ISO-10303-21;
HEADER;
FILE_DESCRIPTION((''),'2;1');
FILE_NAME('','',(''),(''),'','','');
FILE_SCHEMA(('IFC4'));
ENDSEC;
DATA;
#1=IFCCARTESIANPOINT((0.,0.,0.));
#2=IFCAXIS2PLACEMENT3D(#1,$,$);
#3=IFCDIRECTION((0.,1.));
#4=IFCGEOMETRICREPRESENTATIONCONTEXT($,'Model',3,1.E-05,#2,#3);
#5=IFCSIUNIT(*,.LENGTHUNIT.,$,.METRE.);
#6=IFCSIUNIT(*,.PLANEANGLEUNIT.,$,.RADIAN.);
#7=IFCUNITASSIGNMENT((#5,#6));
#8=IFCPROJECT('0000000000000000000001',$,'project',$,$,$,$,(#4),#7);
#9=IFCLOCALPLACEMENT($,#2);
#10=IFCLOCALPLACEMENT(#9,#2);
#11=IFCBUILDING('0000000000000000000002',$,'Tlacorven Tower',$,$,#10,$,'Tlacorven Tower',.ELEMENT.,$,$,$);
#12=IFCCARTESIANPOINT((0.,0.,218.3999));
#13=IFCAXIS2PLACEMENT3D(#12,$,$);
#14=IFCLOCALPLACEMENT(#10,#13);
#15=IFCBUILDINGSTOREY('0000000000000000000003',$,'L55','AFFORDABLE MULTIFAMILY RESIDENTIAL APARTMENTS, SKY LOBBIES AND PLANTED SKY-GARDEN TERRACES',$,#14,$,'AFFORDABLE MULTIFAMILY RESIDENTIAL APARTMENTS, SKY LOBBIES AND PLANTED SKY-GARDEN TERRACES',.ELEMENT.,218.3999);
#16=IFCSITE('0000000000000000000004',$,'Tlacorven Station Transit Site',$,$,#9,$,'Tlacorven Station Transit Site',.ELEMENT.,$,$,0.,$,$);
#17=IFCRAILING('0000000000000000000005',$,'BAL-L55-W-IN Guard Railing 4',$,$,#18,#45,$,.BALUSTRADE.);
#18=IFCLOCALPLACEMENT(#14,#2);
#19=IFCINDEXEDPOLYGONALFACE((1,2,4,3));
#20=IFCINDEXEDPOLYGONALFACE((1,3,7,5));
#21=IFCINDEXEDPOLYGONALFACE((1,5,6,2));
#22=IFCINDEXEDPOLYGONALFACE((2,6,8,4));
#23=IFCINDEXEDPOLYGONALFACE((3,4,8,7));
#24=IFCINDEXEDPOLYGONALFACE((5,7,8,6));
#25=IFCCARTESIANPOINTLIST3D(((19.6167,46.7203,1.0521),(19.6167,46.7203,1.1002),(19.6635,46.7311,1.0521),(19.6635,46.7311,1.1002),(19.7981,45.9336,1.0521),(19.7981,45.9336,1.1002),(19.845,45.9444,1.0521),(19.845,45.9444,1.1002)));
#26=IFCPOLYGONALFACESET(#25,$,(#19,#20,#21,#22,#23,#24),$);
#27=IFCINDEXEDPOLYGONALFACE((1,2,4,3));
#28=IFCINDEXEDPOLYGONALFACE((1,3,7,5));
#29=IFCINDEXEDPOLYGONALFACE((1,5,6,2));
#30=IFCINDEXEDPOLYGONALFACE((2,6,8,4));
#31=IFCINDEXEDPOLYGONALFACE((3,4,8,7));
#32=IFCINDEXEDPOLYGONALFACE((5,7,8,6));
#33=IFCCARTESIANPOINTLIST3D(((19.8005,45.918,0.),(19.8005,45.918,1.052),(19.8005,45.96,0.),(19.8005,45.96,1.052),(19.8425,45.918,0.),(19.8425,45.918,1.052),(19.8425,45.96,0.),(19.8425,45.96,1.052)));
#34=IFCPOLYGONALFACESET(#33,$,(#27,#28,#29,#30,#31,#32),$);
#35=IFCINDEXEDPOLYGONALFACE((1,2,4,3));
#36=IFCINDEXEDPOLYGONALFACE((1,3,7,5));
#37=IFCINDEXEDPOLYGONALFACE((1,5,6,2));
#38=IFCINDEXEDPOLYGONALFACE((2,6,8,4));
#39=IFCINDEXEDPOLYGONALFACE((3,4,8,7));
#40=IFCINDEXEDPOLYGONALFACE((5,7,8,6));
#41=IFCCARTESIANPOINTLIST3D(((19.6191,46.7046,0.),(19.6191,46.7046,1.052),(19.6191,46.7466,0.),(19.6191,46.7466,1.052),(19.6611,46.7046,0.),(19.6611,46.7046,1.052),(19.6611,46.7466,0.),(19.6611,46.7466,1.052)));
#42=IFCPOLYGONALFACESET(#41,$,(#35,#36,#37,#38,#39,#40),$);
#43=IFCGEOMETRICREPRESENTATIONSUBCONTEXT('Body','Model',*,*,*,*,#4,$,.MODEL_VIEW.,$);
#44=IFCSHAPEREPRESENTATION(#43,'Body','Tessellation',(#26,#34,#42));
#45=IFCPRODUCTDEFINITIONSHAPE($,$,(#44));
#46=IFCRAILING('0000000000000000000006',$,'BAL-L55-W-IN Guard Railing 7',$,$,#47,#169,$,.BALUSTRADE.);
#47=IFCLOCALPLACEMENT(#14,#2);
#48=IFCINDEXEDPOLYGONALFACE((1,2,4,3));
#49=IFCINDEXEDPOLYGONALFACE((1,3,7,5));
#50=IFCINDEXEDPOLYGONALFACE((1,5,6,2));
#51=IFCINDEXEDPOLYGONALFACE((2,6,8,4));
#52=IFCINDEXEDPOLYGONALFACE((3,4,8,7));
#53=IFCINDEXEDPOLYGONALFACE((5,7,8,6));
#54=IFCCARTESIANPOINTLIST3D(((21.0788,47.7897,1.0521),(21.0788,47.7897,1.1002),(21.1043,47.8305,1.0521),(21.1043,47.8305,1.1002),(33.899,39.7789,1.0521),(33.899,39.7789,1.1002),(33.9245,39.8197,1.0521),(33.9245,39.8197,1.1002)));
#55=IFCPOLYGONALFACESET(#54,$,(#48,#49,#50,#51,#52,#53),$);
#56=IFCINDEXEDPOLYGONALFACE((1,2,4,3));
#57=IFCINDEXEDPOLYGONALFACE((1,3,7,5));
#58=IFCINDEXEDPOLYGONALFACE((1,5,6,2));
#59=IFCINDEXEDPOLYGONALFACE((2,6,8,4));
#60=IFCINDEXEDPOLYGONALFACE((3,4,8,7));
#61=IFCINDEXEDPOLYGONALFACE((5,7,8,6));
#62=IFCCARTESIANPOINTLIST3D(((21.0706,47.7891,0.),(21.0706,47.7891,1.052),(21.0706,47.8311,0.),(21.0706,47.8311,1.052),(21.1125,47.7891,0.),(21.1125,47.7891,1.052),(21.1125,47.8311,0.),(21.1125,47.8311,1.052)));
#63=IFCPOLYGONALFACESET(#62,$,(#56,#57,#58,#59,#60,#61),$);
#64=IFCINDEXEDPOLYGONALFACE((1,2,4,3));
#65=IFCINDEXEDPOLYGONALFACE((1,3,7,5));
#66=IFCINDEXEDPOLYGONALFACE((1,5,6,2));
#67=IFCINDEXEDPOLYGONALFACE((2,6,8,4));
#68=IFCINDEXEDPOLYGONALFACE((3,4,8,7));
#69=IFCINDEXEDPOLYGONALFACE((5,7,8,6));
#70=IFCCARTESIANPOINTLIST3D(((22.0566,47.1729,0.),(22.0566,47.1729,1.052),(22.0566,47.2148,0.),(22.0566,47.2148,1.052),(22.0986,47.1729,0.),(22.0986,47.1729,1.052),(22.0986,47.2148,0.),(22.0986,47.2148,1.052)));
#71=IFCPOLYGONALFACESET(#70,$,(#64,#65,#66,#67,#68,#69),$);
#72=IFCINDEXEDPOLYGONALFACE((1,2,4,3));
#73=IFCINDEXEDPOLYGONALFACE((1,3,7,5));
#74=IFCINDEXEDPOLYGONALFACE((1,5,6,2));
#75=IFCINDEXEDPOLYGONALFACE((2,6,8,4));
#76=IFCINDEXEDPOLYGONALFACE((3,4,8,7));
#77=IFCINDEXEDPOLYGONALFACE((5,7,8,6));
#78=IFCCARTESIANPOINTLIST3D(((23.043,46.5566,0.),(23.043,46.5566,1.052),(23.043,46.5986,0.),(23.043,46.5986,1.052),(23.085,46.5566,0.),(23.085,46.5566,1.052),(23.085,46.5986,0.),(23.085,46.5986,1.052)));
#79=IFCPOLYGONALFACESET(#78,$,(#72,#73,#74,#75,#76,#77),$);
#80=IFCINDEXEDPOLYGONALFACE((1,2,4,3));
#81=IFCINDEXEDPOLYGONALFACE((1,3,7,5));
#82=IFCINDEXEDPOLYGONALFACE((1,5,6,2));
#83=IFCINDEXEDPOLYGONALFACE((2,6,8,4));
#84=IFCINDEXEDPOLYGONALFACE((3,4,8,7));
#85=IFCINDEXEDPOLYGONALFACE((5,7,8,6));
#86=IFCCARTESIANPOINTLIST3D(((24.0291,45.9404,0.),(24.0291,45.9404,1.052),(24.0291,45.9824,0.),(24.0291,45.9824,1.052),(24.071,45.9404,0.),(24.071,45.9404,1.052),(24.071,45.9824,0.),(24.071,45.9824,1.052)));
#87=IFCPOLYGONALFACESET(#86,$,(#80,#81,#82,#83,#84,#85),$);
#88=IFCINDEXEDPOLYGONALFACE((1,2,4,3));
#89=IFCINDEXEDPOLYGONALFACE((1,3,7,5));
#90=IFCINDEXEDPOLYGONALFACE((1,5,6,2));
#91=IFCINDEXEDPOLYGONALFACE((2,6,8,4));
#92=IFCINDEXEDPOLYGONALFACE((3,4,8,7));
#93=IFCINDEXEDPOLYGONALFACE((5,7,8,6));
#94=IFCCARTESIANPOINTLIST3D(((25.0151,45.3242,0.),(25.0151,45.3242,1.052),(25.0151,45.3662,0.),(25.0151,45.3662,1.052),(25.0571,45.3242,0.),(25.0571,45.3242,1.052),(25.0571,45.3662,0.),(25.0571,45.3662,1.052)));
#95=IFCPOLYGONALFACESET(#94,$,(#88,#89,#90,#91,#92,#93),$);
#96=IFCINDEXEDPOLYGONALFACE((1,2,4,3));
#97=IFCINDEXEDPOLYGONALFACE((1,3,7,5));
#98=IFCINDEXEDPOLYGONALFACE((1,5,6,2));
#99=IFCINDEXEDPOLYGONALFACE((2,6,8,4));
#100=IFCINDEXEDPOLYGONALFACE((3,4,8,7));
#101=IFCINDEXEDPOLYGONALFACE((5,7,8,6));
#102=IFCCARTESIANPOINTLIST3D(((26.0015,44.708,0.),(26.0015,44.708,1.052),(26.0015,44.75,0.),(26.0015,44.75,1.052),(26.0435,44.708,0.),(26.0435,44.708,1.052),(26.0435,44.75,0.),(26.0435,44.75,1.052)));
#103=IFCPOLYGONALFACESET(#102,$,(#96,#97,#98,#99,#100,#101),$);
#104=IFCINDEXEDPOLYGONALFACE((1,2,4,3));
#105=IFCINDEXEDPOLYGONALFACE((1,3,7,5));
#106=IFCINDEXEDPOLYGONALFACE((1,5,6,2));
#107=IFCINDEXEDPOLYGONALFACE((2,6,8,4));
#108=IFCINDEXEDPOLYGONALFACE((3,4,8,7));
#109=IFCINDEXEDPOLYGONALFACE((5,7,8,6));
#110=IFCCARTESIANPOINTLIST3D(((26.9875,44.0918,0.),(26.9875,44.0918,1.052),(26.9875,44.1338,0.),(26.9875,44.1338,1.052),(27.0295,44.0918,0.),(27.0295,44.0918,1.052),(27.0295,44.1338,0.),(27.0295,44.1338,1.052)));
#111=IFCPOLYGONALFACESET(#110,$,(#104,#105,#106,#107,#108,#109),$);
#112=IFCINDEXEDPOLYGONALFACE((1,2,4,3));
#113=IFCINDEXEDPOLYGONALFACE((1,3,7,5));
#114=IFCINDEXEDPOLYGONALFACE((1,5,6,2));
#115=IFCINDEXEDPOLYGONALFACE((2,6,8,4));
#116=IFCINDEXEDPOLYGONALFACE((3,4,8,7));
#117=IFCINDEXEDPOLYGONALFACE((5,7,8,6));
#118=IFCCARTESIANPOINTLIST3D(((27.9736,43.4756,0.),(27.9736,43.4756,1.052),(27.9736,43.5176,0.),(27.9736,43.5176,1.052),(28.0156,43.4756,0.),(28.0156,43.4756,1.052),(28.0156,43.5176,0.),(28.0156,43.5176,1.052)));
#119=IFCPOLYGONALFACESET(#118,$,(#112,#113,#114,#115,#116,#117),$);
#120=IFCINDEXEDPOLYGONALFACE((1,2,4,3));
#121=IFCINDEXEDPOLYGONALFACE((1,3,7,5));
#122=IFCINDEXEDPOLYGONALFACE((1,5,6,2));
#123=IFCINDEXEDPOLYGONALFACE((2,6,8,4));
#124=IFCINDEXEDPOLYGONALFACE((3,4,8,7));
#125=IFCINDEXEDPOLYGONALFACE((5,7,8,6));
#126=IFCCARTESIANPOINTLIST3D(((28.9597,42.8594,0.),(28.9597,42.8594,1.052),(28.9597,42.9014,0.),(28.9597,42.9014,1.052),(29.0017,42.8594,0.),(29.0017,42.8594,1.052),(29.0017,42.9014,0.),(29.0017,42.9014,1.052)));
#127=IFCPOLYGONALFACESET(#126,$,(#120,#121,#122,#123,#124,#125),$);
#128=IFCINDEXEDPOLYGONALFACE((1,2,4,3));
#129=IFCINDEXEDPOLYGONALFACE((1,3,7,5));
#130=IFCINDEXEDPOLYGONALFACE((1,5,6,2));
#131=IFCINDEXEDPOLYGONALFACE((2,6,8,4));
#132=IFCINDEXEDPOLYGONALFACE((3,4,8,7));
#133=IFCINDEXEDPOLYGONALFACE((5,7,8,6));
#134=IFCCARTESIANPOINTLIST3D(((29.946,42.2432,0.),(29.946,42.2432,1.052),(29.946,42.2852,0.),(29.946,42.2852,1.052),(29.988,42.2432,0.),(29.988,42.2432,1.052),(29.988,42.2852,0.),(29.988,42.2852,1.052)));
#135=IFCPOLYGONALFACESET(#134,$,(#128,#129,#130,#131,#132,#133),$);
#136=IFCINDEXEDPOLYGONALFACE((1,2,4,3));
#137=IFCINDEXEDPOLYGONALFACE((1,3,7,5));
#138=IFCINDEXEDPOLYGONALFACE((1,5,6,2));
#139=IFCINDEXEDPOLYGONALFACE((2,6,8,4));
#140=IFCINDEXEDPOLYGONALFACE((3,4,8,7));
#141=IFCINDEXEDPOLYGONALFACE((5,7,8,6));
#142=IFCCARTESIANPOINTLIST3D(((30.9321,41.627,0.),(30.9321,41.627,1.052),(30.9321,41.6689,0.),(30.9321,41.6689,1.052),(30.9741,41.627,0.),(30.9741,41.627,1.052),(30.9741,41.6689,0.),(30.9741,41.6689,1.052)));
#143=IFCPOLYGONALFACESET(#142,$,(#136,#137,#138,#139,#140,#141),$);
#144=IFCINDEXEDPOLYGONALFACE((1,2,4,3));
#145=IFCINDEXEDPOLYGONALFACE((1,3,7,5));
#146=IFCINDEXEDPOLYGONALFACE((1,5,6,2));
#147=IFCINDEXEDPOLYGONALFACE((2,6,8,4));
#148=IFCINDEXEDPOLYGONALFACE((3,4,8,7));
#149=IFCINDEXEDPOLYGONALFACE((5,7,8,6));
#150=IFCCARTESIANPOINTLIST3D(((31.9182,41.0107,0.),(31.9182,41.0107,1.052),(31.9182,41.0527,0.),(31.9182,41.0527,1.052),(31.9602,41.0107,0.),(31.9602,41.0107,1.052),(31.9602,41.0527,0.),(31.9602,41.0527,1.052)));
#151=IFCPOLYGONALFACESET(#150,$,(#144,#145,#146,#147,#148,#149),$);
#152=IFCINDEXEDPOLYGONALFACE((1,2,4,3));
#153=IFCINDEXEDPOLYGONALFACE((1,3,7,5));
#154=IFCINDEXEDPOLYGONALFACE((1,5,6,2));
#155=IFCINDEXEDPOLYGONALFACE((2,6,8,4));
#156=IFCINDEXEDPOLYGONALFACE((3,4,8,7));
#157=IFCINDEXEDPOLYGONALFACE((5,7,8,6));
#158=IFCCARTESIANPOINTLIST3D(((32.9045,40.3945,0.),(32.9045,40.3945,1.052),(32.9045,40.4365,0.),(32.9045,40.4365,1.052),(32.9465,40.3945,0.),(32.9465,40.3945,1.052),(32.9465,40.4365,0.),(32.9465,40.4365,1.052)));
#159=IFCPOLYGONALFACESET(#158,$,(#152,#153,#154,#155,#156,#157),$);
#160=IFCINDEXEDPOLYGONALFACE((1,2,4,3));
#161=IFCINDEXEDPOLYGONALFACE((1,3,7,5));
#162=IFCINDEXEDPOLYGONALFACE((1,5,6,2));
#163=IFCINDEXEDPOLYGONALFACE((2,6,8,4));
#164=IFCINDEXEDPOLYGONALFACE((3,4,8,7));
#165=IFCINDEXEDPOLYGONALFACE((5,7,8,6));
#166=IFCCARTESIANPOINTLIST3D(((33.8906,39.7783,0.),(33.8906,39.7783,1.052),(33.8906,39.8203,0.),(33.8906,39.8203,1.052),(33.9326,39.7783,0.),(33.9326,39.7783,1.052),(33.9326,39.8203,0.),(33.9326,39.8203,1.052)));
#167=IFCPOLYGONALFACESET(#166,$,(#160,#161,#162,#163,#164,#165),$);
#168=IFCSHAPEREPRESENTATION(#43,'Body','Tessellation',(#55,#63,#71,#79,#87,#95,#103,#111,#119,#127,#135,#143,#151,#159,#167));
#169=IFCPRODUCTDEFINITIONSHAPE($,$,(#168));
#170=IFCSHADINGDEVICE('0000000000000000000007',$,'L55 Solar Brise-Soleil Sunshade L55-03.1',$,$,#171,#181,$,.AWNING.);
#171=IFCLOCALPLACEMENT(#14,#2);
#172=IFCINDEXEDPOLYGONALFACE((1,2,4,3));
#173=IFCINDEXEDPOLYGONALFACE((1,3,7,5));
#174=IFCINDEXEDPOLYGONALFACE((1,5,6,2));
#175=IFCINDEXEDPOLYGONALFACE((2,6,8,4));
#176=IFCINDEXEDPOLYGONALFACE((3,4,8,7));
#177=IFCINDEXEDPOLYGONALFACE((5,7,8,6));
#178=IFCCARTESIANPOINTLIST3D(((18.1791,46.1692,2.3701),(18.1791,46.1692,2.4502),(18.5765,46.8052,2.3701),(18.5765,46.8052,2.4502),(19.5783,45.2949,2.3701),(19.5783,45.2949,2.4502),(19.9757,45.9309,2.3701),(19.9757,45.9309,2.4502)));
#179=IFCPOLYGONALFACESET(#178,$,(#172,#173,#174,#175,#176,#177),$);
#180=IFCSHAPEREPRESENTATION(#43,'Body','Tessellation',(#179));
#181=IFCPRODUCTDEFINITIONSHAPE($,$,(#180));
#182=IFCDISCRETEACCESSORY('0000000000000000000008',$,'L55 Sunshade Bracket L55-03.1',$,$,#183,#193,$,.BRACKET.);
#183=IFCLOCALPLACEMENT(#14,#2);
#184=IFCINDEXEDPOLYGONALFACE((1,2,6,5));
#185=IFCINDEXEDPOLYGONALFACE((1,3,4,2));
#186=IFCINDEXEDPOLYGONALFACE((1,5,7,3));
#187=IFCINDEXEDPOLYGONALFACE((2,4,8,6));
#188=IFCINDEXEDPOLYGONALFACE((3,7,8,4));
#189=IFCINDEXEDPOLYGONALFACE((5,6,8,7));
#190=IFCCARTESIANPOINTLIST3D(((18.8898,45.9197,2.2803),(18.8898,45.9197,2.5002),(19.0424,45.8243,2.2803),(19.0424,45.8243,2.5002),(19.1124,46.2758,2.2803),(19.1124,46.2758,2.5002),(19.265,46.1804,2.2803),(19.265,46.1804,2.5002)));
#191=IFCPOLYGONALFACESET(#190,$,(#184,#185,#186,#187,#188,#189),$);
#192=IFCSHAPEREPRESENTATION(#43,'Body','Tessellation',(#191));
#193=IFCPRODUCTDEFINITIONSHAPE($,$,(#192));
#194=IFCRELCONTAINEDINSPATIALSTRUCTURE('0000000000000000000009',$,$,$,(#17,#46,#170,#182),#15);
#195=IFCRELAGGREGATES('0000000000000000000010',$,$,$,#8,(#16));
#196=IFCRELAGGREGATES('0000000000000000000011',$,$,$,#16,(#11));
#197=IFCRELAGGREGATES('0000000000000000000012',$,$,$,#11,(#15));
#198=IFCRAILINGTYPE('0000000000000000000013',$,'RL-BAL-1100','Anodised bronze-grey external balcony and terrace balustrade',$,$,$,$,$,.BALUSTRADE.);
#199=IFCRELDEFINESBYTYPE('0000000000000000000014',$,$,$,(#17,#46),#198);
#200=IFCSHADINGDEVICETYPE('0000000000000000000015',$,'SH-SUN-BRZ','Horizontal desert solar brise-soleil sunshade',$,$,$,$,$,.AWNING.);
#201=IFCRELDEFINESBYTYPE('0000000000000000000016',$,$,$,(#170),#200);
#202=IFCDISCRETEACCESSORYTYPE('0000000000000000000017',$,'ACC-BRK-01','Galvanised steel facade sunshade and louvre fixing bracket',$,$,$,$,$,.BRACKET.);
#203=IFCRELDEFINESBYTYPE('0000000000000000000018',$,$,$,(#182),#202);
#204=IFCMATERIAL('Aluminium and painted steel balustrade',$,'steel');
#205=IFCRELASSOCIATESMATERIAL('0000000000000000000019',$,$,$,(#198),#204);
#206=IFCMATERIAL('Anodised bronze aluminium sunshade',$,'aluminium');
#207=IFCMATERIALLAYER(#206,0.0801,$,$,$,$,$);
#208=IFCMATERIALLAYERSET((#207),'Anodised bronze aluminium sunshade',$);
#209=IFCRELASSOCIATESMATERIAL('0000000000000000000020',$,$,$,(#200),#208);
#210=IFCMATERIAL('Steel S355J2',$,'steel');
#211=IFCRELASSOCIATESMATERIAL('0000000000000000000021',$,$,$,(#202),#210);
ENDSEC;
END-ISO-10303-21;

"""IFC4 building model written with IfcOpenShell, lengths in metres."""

from ifc_helpers import new_model, si_unit, direction, frame, origin, origin_2d, place, context, subcontext, project, spatial, rectangle, extrude, source, transform, mapped, material, layer, layer_set, type_object, element, save


model = new_model("IFC4")

# Units and contexts
model_context = context("Model", 3, precision=1e-05, world=origin(), true_north=direction((0.0, 1.0)))
body_context = subcontext(model_context, "Body", "Model", "MODEL_VIEW")
ifc_project = project(units=[si_unit("LENGTHUNIT", "METRE"), si_unit("PLANEANGLEUNIT", "RADIAN")], contexts=[model_context])

# Site, building, storey
site_placement = place(None, origin())
site = spatial("IfcSite", under=ifc_project, at=site_placement, Name="Tlacorven Station Transit Site", LongName="Tlacorven Station Transit Site", CompositionType="ELEMENT", RefElevation=0.0)
building_placement = place(site_placement, origin())
building = spatial("IfcBuilding", under=site, at=building_placement, Name="Tlacorven Tower", LongName="Tlacorven Tower", CompositionType="ELEMENT")
storey_placement = place(building_placement, frame((0.0, 0.0, 218.3999)))
storey = spatial("IfcBuildingStorey", under=building, at=storey_placement, Name="L55", Description="AFFORDABLE MULTIFAMILY RESIDENTIAL APARTMENTS, SKY LOBBIES AND PLANTED SKY-GARDEN TERRACES", LongName="AFFORDABLE MULTIFAMILY RESIDENTIAL APARTMENTS, SKY LOBBIES AND PLANTED SKY-GARDEN TERRACES", CompositionType="ELEMENT", Elevation=218.3999)

# Shared definitions
ifc_material_1 = material(Name="Steel S355J2", Category="steel")

# Railings
ifc_material_2 = material(Name="Aluminium and painted steel balustrade", Category="steel")
railing_type = type_object("IfcRailingType", Name="RL-BAL-1100", Description="Anodised bronze-grey external balcony and terrace balustrade", PredefinedType="BALUSTRADE", material=ifc_material_2)
shared_shape_1 = source(origin(), body_context, "Body", "SweptSolid", [
    extrude(rectangle(XDim=0.0481, YDim=0.0481, at=origin_2d()), frame((0.0, 0.0, 1.0762), z_axis=(-0.224705, 0.974427, 0.0), x_axis=(-0.974427, -0.224705, 0.0)), (0.0, 0.0, 1.0), 0.8074),
    extrude(rectangle(XDim=0.042, YDim=0.042, at=origin_2d()), origin(), (0.0, 0.0, 1.0), 1.052),
    extrude(rectangle(XDim=0.042, YDim=0.042, at=origin_2d()), frame((-0.1814, 0.7866, 0.0)), (0.0, 0.0, 1.0), 1.052),
])
railing_1_placement = place(storey_placement, frame((19.8215, 45.939, 0.0)))
element("IfcRailing", 1, at=railing_1_placement, inside=storey, type_object=railing_type, Name="BAL-L55-W-IN Guard Railing 4", PredefinedType="BALUSTRADE", context=body_context, shape_type="MappedRepresentation", body=[
    mapped(shared_shape_1, transform((0.0, 0.0, 0.0), scale=1.0)),
])
shared_shape_2 = source(origin(), body_context, "Body", "SweptSolid", [
    extrude(rectangle(XDim=0.0481, YDim=0.0481, at=origin_2d()), frame((0.0, 0.0, 1.0762), z_axis=(0.848052, -0.529913, 0.0), x_axis=(0.529913, 0.848052, 0.0)), (0.0, 0.0, 1.0), 15.1172),
    extrude(rectangle(XDim=0.042, YDim=0.042, at=origin_2d()), origin(), (0.0, 0.0, 1.0), 1.052),
    extrude(rectangle(XDim=0.042, YDim=0.042, at=origin_2d()), frame((0.9861, -0.6162, 0.0)), (0.0, 0.0, 1.0), 1.052),
    extrude(rectangle(XDim=0.042, YDim=0.042, at=origin_2d()), frame((1.9724, -1.2324, 0.0)), (0.0, 0.0, 1.0), 1.052),
    extrude(rectangle(XDim=0.042, YDim=0.042, at=origin_2d()), frame((2.9585, -1.8486, 0.0)), (0.0, 0.0, 1.0), 1.052),
    extrude(rectangle(XDim=0.042, YDim=0.042, at=origin_2d()), frame((3.9446, -2.4648, 0.0)), (0.0, 0.0, 1.0), 1.052),
    extrude(rectangle(XDim=0.042, YDim=0.042, at=origin_2d()), frame((4.9309, -3.0811, 0.0)), (0.0, 0.0, 1.0), 1.052),
    extrude(rectangle(XDim=0.042, YDim=0.042, at=origin_2d()), frame((5.917, -3.6973, 0.0)), (0.0, 0.0, 1.0), 1.052),
    extrude(rectangle(XDim=0.042, YDim=0.042, at=origin_2d()), frame((6.9031, -4.3135, 0.0)), (0.0, 0.0, 1.0), 1.052),
    extrude(rectangle(XDim=0.042, YDim=0.042, at=origin_2d()), frame((7.8892, -4.9297, 0.0)), (0.0, 0.0, 1.0), 1.052),
    extrude(rectangle(XDim=0.042, YDim=0.042, at=origin_2d()), frame((8.8755, -5.5459, 0.0)), (0.0, 0.0, 1.0), 1.052),
    extrude(rectangle(XDim=0.042, YDim=0.042, at=origin_2d()), frame((9.8616, -6.1621, 0.0)), (0.0, 0.0, 1.0), 1.052),
    extrude(rectangle(XDim=0.042, YDim=0.042, at=origin_2d()), frame((10.8477, -6.7783, 0.0)), (0.0, 0.0, 1.0), 1.052),
    extrude(rectangle(XDim=0.042, YDim=0.042, at=origin_2d()), frame((11.834, -7.3945, 0.0)), (0.0, 0.0, 1.0), 1.052),
    extrude(rectangle(XDim=0.042, YDim=0.042, at=origin_2d()), frame((12.8201, -8.0107, 0.0)), (0.0, 0.0, 1.0), 1.052),
])
railing_2_placement = place(storey_placement, frame((21.0916, 47.8101, 0.0)))
element("IfcRailing", 2, at=railing_2_placement, inside=storey, type_object=railing_type, Name="BAL-L55-W-IN Guard Railing 7", PredefinedType="BALUSTRADE", context=body_context, shape_type="MappedRepresentation", body=[
    mapped(shared_shape_2, transform((0.0, 0.0, 0.0), scale=1.0)),
])

# Shading device
ifc_material_3 = material(Name="Anodised bronze aluminium sunshade", Category="aluminium")
ifc_layer_1 = layer(ifc_material_3, 0.0801)
ifc_layer_set_1 = layer_set([ifc_layer_1], Name="Anodised bronze aluminium sunshade")
shading_device_type = type_object("IfcShadingDeviceType", Name="SH-SUN-BRZ", Description="Horizontal desert solar brise-soleil sunshade", PredefinedType="AWNING", material=ifc_layer_set_1)
shared_shape_3 = source(origin(), body_context, "Body", "SweptSolid", [
    extrude(rectangle(XDim=1.6499, YDim=0.75, at=origin_2d()), origin(), (0.0, 0.0, 1.0), 0.0801),
])
shading_device_placement = place(storey_placement, frame((19.0774, 46.05, 2.3701), z_axis=(0.0, 0.0, 1.0), x_axis=(0.848048, -0.529919, 0.0)))
element("IfcShadingDevice", 3, at=shading_device_placement, inside=storey, type_object=shading_device_type, Name="L55 Solar Brise-Soleil Sunshade L55-03.1", PredefinedType="AWNING", context=body_context, shape_type="MappedRepresentation", body=[
    mapped(shared_shape_3, transform((0.0, 0.0, 0.0), scale=1.0)),
])

# Discrete accessory
discrete_accessory_type = type_object("IfcDiscreteAccessoryType", Name="ACC-BRK-01", Description="Galvanised steel facade sunshade and louvre fixing bracket", PredefinedType="BRACKET", material=ifc_material_1)
shared_shape_4 = source(origin(), body_context, "Body", "SweptSolid", [
    extrude(rectangle(XDim=0.1799, YDim=0.4199, at=origin_2d()), origin(), (0.0, 0.0, 1.0), 0.22),
])
discrete_accessory_placement = place(storey_placement, frame((19.0774, 46.05, 2.2803), z_axis=(0.0, 0.0, 1.0), x_axis=(0.848048, -0.529919, 0.0)))
element("IfcDiscreteAccessory", 4, at=discrete_accessory_placement, inside=storey, type_object=discrete_accessory_type, Name="L55 Sunshade Bracket L55-03.1", PredefinedType="BRACKET", context=body_context, shape_type="MappedRepresentation", body=[
    mapped(shared_shape_4, transform((0.0, 0.0, 0.0), scale=1.0)),
])

save(model, "model.ifc")
